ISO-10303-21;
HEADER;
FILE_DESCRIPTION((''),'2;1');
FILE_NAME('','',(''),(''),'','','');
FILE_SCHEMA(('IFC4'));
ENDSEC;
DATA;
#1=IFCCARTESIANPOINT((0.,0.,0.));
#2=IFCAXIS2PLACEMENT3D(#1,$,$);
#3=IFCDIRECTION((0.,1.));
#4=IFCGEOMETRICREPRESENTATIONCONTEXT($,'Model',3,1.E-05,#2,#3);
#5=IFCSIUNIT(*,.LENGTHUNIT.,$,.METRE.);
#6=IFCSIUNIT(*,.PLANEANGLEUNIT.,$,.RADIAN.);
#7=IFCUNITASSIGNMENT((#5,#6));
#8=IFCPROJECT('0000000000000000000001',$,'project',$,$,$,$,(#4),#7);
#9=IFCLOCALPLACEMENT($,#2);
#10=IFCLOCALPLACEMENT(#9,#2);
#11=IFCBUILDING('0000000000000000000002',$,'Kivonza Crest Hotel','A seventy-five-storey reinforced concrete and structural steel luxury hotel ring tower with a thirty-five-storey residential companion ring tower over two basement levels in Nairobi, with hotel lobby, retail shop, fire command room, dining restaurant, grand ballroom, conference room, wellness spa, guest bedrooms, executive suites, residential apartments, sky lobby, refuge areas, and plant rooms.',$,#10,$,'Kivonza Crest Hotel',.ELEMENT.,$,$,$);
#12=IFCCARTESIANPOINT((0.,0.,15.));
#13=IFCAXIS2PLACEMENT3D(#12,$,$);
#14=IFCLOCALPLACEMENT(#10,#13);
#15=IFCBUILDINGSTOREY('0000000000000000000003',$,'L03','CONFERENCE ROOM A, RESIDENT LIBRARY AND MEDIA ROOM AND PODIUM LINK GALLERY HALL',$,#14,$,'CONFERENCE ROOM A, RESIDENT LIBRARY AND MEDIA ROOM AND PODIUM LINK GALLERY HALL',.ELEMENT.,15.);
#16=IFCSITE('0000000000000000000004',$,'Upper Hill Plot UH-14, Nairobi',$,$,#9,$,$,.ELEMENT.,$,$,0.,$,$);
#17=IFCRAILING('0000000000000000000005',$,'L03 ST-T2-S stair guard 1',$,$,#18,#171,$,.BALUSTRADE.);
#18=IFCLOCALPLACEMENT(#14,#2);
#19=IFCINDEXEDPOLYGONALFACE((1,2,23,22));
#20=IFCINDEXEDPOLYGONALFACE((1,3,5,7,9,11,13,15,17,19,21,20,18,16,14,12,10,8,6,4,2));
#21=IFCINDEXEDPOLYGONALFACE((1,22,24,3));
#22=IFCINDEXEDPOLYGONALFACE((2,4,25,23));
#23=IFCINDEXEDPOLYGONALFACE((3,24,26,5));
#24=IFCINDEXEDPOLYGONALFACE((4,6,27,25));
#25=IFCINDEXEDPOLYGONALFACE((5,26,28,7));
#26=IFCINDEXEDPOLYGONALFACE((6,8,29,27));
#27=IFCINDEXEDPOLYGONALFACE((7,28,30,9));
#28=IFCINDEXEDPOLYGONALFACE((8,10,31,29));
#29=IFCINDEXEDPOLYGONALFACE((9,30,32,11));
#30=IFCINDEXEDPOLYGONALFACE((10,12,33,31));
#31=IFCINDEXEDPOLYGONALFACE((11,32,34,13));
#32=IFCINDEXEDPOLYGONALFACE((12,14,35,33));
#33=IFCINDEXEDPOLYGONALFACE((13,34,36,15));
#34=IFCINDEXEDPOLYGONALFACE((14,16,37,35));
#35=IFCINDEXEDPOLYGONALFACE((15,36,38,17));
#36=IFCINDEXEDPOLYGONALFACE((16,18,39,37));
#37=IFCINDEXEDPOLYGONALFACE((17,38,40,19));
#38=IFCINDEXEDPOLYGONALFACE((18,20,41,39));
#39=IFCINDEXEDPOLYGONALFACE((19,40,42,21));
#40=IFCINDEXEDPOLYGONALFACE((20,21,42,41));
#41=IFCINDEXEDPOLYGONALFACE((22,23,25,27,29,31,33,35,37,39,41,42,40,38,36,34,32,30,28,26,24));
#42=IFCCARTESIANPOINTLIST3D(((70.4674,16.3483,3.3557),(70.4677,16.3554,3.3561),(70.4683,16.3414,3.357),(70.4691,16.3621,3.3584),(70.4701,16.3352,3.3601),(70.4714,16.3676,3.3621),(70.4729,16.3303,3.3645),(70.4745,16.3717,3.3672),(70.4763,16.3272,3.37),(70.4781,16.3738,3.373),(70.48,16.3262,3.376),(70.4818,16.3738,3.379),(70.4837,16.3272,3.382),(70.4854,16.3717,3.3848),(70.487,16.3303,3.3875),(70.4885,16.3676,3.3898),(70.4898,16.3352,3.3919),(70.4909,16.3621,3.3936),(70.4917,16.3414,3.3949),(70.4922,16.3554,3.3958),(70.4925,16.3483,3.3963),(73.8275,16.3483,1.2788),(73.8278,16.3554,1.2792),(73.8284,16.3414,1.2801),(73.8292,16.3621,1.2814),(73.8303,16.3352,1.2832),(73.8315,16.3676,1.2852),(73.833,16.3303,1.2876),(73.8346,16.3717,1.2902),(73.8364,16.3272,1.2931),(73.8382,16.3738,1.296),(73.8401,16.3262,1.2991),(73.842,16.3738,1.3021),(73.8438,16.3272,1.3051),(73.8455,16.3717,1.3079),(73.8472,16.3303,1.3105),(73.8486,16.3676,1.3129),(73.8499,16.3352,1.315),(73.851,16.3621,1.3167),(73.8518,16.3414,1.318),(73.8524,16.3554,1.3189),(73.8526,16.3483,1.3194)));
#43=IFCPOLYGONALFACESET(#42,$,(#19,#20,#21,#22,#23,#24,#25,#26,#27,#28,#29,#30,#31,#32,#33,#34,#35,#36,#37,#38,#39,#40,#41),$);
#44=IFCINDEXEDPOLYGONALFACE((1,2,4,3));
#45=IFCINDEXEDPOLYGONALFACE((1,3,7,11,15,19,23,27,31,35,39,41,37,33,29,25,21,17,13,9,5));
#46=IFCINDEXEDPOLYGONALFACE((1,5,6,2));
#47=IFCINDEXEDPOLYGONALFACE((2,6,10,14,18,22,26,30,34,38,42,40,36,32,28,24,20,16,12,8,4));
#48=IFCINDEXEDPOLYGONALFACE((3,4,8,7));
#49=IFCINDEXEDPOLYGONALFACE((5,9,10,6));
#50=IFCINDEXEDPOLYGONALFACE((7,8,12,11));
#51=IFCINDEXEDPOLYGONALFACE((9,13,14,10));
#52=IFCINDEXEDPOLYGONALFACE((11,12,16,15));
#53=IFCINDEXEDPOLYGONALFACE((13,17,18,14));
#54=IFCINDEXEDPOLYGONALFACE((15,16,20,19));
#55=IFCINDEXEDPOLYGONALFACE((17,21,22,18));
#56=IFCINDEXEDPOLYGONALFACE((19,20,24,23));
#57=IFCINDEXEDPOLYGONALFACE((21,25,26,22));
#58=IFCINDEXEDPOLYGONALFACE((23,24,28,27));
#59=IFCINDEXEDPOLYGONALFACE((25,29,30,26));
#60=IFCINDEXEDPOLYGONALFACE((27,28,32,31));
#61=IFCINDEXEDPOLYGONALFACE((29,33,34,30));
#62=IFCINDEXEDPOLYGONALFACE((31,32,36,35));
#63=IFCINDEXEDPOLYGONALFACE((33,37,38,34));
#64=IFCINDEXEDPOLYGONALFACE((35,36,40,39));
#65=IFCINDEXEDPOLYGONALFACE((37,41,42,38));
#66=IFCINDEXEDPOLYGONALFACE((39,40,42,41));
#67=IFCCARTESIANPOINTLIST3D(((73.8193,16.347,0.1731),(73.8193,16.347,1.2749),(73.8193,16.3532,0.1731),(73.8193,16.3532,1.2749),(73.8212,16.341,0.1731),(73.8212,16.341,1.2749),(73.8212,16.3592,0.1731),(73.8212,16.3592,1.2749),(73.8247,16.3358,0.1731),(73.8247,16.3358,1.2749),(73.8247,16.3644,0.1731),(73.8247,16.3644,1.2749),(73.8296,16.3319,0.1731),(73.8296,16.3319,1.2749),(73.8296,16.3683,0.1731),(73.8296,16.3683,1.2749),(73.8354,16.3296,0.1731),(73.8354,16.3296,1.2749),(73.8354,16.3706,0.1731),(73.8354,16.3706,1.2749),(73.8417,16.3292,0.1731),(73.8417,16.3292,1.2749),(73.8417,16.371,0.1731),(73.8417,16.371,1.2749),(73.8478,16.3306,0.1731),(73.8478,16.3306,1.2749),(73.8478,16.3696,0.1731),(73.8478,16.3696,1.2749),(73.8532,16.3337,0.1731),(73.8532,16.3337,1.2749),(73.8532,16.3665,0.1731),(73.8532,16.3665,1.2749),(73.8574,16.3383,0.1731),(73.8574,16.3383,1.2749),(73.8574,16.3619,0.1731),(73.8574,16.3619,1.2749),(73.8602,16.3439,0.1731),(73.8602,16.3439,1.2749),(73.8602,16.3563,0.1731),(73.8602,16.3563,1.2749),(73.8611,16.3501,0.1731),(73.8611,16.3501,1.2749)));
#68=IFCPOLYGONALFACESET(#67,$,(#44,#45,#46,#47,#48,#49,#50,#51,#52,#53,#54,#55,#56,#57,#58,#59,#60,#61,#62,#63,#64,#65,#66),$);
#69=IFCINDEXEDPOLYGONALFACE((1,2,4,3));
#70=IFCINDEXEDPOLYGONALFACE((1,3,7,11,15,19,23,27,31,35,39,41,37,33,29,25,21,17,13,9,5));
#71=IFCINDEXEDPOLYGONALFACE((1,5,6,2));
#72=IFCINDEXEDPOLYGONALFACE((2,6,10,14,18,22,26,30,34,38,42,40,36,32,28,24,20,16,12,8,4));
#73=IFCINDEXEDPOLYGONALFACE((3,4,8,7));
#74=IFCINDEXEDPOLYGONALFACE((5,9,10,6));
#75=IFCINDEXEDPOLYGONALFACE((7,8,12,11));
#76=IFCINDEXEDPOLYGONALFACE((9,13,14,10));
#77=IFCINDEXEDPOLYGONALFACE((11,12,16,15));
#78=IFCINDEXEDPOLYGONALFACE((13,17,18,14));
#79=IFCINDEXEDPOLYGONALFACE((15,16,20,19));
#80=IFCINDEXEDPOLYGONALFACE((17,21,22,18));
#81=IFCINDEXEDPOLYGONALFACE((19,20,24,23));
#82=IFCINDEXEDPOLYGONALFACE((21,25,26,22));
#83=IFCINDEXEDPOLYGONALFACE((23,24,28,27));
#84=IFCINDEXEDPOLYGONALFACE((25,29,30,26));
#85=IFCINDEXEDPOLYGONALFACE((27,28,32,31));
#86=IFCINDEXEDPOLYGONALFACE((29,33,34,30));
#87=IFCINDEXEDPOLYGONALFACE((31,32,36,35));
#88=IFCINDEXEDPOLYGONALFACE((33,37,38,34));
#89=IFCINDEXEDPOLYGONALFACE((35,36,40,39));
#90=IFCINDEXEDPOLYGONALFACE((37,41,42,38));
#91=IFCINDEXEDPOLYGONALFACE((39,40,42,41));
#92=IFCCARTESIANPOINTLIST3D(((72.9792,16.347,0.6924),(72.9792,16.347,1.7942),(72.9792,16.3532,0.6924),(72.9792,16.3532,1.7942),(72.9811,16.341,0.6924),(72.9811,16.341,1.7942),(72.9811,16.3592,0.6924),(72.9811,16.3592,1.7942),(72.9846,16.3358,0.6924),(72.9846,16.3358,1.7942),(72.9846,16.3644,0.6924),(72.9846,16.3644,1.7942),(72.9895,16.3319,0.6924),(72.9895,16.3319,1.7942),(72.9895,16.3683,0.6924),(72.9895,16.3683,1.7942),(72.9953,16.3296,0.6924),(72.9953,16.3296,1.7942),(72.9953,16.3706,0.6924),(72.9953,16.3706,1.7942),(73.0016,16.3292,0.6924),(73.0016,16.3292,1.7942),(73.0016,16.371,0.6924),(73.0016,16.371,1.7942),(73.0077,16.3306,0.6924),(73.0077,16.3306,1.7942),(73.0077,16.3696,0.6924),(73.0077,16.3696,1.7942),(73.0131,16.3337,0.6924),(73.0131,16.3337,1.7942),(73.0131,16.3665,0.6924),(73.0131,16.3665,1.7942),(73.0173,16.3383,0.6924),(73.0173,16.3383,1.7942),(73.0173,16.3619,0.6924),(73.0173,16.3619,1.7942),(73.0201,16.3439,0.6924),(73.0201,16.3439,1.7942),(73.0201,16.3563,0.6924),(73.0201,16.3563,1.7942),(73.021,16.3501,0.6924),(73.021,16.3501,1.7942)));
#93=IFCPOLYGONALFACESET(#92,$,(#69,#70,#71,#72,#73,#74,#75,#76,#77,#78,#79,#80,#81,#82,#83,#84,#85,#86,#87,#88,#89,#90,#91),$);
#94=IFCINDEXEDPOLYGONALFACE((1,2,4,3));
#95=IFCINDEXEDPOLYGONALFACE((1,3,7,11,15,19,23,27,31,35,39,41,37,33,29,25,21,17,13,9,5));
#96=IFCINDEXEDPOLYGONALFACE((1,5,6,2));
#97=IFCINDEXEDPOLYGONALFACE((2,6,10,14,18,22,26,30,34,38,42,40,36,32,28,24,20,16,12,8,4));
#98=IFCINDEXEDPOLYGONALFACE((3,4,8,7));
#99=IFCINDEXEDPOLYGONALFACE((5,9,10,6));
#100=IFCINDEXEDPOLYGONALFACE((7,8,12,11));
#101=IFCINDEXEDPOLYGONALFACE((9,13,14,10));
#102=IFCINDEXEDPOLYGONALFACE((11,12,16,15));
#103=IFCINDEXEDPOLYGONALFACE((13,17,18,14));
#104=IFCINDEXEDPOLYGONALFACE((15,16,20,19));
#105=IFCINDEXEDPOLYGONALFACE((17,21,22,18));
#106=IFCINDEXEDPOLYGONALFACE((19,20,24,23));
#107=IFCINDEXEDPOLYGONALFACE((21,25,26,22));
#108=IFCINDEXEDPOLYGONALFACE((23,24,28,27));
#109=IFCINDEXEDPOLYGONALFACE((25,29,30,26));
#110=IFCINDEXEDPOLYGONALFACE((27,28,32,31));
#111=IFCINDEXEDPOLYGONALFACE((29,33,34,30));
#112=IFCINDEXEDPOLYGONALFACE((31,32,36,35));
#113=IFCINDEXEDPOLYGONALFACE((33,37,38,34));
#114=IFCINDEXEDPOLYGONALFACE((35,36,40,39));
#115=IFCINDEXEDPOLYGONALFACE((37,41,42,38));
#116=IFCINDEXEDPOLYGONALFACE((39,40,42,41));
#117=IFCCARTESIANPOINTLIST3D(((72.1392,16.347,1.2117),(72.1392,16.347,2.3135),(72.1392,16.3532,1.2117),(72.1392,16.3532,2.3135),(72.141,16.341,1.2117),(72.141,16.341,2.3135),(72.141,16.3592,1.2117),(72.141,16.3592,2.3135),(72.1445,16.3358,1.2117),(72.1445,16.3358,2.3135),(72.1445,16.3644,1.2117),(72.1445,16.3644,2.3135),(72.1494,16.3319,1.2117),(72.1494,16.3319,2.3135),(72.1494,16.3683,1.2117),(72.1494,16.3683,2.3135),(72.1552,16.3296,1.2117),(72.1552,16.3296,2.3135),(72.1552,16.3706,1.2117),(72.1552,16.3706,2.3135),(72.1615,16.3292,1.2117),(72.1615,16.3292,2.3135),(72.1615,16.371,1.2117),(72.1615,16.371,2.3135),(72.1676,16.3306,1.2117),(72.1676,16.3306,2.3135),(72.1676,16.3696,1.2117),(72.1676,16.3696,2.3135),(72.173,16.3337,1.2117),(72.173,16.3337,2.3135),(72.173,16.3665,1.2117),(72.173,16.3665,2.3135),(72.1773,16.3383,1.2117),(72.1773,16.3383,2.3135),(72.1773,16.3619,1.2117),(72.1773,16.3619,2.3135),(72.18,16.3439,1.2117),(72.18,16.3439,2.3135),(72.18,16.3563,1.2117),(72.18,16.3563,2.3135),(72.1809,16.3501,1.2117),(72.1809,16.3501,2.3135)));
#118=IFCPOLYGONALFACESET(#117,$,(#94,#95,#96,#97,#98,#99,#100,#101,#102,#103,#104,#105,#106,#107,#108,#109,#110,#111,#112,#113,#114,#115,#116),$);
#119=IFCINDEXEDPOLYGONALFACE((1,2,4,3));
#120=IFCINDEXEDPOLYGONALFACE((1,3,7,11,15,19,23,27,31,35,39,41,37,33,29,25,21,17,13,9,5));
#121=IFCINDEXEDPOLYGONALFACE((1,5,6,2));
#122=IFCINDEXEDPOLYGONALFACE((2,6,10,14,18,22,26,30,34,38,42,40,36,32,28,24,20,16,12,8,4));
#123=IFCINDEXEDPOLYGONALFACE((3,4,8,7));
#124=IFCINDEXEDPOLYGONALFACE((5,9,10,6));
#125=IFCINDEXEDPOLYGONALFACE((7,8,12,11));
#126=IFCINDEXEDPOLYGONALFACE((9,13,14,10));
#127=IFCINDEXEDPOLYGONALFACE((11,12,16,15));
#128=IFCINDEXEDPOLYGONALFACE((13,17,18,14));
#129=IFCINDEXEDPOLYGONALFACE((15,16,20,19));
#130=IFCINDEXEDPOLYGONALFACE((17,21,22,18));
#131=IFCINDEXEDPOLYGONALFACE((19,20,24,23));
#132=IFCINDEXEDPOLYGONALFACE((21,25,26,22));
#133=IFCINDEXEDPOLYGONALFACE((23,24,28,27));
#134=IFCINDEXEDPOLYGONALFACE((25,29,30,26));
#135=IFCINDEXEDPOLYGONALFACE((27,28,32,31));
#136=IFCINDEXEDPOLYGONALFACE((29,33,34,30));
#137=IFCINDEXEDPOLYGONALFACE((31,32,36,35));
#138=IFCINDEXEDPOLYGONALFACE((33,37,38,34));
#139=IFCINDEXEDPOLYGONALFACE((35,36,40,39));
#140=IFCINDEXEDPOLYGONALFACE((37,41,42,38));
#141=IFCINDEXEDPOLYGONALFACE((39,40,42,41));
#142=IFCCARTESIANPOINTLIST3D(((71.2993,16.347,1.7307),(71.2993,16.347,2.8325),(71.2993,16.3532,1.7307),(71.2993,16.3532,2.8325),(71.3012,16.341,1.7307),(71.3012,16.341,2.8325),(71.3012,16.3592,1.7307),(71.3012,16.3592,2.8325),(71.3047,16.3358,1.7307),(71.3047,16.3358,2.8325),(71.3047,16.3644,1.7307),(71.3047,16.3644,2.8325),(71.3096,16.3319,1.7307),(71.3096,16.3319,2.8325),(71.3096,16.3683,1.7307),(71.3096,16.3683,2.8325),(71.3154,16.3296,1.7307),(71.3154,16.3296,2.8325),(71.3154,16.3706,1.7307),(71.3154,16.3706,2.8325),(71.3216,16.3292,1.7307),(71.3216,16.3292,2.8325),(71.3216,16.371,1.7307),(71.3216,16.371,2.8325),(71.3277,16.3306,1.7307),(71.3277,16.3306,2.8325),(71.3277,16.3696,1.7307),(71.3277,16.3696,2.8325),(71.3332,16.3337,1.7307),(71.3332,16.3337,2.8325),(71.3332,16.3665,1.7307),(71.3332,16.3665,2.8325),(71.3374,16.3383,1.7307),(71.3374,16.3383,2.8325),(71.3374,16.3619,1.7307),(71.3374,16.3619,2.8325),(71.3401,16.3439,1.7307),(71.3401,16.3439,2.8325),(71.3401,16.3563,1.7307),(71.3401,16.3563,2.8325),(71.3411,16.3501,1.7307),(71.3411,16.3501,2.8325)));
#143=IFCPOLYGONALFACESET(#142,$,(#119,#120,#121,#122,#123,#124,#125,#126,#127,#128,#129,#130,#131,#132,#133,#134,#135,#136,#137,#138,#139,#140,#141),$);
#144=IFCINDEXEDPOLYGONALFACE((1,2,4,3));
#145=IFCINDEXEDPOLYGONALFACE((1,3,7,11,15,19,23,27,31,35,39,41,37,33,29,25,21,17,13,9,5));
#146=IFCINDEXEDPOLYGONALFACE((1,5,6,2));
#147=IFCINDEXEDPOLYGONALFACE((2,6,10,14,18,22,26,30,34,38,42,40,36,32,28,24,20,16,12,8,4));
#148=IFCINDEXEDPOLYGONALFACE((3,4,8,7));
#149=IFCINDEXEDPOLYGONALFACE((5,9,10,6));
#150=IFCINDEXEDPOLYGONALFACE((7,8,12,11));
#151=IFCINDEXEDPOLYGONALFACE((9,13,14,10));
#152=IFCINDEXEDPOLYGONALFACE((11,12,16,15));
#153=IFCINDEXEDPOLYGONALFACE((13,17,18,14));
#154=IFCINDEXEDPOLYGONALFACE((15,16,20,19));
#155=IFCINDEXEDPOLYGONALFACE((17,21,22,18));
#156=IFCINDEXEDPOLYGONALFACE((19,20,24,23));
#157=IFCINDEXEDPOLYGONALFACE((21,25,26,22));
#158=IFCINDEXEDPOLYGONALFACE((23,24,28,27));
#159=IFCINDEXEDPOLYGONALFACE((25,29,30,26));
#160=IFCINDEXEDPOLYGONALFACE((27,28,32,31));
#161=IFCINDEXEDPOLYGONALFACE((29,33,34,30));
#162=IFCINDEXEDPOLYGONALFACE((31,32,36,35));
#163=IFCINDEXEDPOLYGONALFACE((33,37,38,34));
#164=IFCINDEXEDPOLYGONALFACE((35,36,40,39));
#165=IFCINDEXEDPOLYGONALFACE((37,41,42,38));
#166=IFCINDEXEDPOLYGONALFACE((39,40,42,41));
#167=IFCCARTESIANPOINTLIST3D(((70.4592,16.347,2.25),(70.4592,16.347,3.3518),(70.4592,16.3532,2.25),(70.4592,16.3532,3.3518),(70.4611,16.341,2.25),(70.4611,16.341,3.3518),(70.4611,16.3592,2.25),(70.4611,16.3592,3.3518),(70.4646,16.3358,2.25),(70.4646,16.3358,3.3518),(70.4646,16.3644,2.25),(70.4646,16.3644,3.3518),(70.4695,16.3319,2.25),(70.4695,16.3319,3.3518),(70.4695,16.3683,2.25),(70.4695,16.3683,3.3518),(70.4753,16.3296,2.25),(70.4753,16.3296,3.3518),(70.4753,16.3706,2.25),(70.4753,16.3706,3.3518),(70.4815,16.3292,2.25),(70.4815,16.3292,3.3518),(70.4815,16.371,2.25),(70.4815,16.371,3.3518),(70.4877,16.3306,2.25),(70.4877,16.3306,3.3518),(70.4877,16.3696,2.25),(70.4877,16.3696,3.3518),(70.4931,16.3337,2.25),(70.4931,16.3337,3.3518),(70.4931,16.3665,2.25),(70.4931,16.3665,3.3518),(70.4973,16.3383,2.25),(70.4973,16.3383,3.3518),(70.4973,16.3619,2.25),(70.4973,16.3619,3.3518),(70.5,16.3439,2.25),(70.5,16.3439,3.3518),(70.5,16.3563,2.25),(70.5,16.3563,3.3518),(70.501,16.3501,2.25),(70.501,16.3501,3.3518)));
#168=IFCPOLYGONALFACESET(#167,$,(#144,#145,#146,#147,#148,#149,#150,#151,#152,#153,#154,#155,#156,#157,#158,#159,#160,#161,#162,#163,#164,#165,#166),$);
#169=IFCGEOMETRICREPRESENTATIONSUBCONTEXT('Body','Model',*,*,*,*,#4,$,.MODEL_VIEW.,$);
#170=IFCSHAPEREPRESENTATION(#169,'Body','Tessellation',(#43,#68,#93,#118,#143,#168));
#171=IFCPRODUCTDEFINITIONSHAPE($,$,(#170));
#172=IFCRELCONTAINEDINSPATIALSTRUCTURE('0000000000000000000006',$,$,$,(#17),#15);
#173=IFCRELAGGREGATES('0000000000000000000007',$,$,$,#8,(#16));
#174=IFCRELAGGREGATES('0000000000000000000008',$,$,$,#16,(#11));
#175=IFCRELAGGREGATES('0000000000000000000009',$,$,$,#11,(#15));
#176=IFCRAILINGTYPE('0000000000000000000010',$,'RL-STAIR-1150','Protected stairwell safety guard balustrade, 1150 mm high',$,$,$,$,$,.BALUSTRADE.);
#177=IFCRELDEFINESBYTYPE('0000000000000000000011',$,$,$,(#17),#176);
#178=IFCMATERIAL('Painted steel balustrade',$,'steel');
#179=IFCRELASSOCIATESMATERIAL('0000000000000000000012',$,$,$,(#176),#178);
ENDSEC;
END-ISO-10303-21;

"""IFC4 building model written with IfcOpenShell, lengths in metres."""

from ifc_helpers import new_model, si_unit, direction, frame, origin, origin_2d, place, context, subcontext, project, spatial, circle, extrude, material, type_object, element, save


model = new_model("IFC4")

# Units and contexts
model_context = context("Model", 3, precision=1e-05, world=origin(), true_north=direction((0.0, 1.0)))
body_context = subcontext(model_context, "Body", "Model", "MODEL_VIEW")
ifc_project = project(units=[si_unit("LENGTHUNIT", "METRE"), si_unit("PLANEANGLEUNIT", "RADIAN")], contexts=[model_context])

# Site, building, storey
site_placement = place(None, origin())
site = spatial("IfcSite", under=ifc_project, at=site_placement, Name="Upper Hill Plot UH-14, Nairobi", CompositionType="ELEMENT", RefElevation=0.0)
building_placement = place(site_placement, origin())
building = spatial("IfcBuilding", under=site, at=building_placement, Name="Kivonza Crest Hotel", Description="A seventy-five-storey reinforced concrete and structural steel luxury hotel ring tower with a thirty-five-storey residential companion ring tower over two basement levels in Nairobi, with hotel lobby, retail shop, fire command room, dining restaurant, grand ballroom, conference room, wellness spa, guest bedrooms, executive suites, residential apartments, sky lobby, refuge areas, and plant rooms.", LongName="Kivonza Crest Hotel", CompositionType="ELEMENT")
storey_placement = place(building_placement, frame((0.0, 0.0, 15.0)))
storey = spatial("IfcBuildingStorey", under=building, at=storey_placement, Name="L03", Description="CONFERENCE ROOM A, RESIDENT LIBRARY AND MEDIA ROOM AND PODIUM LINK GALLERY HALL", LongName="CONFERENCE ROOM A, RESIDENT LIBRARY AND MEDIA ROOM AND PODIUM LINK GALLERY HALL", CompositionType="ELEMENT", Elevation=15.0)

# Railing
ifc_material_1 = material(Name="Painted steel balustrade", Category="steel")
railing_type_1 = type_object("IfcRailingType", Name="RL-STAIR-1150", Description="Protected stairwell safety guard balustrade, 1150 mm high", PredefinedType="BALUSTRADE", material=ifc_material_1)
railing_1_placement = place(storey_placement, frame((73.8401, 16.3501, 0.1731)))
element("IfcRailing", 1, at=railing_1_placement, inside=storey, type_object=railing_type_1, Name="L03 ST-T2-S stair guard 1", PredefinedType="BALUSTRADE", context=body_context, shape_type="SweptSolid", body=[
    extrude(circle(Radius=0.0239, at=origin_2d()), frame((0.0, 0.0, 1.126), z_axis=(-0.850623, 0.0, 0.525776), x_axis=(0.0, -1.0, 0.0)), (0.0, 0.0, 1.0), 3.9502),
    extrude(circle(Radius=0.021, at=origin_2d()), origin(), (0.0, 0.0, 1.0), 1.1018),
    extrude(circle(Radius=0.021, at=origin_2d()), frame((-0.8401, 0.0, 0.5193)), (0.0, 0.0, 1.0), 1.1018),
    extrude(circle(Radius=0.021, at=origin_2d()), frame((-1.6802, 0.0, 1.0386)), (0.0, 0.0, 1.0), 1.1018),
    extrude(circle(Radius=0.021, at=origin_2d()), frame((-2.52, 0.0, 1.5576)), (0.0, 0.0, 1.0), 1.1018),
    extrude(circle(Radius=0.021, at=origin_2d()), frame((-3.3601, 0.0, 2.0769)), (0.0, 0.0, 1.0), 1.1018),
])

save(model, "model.ifc")
